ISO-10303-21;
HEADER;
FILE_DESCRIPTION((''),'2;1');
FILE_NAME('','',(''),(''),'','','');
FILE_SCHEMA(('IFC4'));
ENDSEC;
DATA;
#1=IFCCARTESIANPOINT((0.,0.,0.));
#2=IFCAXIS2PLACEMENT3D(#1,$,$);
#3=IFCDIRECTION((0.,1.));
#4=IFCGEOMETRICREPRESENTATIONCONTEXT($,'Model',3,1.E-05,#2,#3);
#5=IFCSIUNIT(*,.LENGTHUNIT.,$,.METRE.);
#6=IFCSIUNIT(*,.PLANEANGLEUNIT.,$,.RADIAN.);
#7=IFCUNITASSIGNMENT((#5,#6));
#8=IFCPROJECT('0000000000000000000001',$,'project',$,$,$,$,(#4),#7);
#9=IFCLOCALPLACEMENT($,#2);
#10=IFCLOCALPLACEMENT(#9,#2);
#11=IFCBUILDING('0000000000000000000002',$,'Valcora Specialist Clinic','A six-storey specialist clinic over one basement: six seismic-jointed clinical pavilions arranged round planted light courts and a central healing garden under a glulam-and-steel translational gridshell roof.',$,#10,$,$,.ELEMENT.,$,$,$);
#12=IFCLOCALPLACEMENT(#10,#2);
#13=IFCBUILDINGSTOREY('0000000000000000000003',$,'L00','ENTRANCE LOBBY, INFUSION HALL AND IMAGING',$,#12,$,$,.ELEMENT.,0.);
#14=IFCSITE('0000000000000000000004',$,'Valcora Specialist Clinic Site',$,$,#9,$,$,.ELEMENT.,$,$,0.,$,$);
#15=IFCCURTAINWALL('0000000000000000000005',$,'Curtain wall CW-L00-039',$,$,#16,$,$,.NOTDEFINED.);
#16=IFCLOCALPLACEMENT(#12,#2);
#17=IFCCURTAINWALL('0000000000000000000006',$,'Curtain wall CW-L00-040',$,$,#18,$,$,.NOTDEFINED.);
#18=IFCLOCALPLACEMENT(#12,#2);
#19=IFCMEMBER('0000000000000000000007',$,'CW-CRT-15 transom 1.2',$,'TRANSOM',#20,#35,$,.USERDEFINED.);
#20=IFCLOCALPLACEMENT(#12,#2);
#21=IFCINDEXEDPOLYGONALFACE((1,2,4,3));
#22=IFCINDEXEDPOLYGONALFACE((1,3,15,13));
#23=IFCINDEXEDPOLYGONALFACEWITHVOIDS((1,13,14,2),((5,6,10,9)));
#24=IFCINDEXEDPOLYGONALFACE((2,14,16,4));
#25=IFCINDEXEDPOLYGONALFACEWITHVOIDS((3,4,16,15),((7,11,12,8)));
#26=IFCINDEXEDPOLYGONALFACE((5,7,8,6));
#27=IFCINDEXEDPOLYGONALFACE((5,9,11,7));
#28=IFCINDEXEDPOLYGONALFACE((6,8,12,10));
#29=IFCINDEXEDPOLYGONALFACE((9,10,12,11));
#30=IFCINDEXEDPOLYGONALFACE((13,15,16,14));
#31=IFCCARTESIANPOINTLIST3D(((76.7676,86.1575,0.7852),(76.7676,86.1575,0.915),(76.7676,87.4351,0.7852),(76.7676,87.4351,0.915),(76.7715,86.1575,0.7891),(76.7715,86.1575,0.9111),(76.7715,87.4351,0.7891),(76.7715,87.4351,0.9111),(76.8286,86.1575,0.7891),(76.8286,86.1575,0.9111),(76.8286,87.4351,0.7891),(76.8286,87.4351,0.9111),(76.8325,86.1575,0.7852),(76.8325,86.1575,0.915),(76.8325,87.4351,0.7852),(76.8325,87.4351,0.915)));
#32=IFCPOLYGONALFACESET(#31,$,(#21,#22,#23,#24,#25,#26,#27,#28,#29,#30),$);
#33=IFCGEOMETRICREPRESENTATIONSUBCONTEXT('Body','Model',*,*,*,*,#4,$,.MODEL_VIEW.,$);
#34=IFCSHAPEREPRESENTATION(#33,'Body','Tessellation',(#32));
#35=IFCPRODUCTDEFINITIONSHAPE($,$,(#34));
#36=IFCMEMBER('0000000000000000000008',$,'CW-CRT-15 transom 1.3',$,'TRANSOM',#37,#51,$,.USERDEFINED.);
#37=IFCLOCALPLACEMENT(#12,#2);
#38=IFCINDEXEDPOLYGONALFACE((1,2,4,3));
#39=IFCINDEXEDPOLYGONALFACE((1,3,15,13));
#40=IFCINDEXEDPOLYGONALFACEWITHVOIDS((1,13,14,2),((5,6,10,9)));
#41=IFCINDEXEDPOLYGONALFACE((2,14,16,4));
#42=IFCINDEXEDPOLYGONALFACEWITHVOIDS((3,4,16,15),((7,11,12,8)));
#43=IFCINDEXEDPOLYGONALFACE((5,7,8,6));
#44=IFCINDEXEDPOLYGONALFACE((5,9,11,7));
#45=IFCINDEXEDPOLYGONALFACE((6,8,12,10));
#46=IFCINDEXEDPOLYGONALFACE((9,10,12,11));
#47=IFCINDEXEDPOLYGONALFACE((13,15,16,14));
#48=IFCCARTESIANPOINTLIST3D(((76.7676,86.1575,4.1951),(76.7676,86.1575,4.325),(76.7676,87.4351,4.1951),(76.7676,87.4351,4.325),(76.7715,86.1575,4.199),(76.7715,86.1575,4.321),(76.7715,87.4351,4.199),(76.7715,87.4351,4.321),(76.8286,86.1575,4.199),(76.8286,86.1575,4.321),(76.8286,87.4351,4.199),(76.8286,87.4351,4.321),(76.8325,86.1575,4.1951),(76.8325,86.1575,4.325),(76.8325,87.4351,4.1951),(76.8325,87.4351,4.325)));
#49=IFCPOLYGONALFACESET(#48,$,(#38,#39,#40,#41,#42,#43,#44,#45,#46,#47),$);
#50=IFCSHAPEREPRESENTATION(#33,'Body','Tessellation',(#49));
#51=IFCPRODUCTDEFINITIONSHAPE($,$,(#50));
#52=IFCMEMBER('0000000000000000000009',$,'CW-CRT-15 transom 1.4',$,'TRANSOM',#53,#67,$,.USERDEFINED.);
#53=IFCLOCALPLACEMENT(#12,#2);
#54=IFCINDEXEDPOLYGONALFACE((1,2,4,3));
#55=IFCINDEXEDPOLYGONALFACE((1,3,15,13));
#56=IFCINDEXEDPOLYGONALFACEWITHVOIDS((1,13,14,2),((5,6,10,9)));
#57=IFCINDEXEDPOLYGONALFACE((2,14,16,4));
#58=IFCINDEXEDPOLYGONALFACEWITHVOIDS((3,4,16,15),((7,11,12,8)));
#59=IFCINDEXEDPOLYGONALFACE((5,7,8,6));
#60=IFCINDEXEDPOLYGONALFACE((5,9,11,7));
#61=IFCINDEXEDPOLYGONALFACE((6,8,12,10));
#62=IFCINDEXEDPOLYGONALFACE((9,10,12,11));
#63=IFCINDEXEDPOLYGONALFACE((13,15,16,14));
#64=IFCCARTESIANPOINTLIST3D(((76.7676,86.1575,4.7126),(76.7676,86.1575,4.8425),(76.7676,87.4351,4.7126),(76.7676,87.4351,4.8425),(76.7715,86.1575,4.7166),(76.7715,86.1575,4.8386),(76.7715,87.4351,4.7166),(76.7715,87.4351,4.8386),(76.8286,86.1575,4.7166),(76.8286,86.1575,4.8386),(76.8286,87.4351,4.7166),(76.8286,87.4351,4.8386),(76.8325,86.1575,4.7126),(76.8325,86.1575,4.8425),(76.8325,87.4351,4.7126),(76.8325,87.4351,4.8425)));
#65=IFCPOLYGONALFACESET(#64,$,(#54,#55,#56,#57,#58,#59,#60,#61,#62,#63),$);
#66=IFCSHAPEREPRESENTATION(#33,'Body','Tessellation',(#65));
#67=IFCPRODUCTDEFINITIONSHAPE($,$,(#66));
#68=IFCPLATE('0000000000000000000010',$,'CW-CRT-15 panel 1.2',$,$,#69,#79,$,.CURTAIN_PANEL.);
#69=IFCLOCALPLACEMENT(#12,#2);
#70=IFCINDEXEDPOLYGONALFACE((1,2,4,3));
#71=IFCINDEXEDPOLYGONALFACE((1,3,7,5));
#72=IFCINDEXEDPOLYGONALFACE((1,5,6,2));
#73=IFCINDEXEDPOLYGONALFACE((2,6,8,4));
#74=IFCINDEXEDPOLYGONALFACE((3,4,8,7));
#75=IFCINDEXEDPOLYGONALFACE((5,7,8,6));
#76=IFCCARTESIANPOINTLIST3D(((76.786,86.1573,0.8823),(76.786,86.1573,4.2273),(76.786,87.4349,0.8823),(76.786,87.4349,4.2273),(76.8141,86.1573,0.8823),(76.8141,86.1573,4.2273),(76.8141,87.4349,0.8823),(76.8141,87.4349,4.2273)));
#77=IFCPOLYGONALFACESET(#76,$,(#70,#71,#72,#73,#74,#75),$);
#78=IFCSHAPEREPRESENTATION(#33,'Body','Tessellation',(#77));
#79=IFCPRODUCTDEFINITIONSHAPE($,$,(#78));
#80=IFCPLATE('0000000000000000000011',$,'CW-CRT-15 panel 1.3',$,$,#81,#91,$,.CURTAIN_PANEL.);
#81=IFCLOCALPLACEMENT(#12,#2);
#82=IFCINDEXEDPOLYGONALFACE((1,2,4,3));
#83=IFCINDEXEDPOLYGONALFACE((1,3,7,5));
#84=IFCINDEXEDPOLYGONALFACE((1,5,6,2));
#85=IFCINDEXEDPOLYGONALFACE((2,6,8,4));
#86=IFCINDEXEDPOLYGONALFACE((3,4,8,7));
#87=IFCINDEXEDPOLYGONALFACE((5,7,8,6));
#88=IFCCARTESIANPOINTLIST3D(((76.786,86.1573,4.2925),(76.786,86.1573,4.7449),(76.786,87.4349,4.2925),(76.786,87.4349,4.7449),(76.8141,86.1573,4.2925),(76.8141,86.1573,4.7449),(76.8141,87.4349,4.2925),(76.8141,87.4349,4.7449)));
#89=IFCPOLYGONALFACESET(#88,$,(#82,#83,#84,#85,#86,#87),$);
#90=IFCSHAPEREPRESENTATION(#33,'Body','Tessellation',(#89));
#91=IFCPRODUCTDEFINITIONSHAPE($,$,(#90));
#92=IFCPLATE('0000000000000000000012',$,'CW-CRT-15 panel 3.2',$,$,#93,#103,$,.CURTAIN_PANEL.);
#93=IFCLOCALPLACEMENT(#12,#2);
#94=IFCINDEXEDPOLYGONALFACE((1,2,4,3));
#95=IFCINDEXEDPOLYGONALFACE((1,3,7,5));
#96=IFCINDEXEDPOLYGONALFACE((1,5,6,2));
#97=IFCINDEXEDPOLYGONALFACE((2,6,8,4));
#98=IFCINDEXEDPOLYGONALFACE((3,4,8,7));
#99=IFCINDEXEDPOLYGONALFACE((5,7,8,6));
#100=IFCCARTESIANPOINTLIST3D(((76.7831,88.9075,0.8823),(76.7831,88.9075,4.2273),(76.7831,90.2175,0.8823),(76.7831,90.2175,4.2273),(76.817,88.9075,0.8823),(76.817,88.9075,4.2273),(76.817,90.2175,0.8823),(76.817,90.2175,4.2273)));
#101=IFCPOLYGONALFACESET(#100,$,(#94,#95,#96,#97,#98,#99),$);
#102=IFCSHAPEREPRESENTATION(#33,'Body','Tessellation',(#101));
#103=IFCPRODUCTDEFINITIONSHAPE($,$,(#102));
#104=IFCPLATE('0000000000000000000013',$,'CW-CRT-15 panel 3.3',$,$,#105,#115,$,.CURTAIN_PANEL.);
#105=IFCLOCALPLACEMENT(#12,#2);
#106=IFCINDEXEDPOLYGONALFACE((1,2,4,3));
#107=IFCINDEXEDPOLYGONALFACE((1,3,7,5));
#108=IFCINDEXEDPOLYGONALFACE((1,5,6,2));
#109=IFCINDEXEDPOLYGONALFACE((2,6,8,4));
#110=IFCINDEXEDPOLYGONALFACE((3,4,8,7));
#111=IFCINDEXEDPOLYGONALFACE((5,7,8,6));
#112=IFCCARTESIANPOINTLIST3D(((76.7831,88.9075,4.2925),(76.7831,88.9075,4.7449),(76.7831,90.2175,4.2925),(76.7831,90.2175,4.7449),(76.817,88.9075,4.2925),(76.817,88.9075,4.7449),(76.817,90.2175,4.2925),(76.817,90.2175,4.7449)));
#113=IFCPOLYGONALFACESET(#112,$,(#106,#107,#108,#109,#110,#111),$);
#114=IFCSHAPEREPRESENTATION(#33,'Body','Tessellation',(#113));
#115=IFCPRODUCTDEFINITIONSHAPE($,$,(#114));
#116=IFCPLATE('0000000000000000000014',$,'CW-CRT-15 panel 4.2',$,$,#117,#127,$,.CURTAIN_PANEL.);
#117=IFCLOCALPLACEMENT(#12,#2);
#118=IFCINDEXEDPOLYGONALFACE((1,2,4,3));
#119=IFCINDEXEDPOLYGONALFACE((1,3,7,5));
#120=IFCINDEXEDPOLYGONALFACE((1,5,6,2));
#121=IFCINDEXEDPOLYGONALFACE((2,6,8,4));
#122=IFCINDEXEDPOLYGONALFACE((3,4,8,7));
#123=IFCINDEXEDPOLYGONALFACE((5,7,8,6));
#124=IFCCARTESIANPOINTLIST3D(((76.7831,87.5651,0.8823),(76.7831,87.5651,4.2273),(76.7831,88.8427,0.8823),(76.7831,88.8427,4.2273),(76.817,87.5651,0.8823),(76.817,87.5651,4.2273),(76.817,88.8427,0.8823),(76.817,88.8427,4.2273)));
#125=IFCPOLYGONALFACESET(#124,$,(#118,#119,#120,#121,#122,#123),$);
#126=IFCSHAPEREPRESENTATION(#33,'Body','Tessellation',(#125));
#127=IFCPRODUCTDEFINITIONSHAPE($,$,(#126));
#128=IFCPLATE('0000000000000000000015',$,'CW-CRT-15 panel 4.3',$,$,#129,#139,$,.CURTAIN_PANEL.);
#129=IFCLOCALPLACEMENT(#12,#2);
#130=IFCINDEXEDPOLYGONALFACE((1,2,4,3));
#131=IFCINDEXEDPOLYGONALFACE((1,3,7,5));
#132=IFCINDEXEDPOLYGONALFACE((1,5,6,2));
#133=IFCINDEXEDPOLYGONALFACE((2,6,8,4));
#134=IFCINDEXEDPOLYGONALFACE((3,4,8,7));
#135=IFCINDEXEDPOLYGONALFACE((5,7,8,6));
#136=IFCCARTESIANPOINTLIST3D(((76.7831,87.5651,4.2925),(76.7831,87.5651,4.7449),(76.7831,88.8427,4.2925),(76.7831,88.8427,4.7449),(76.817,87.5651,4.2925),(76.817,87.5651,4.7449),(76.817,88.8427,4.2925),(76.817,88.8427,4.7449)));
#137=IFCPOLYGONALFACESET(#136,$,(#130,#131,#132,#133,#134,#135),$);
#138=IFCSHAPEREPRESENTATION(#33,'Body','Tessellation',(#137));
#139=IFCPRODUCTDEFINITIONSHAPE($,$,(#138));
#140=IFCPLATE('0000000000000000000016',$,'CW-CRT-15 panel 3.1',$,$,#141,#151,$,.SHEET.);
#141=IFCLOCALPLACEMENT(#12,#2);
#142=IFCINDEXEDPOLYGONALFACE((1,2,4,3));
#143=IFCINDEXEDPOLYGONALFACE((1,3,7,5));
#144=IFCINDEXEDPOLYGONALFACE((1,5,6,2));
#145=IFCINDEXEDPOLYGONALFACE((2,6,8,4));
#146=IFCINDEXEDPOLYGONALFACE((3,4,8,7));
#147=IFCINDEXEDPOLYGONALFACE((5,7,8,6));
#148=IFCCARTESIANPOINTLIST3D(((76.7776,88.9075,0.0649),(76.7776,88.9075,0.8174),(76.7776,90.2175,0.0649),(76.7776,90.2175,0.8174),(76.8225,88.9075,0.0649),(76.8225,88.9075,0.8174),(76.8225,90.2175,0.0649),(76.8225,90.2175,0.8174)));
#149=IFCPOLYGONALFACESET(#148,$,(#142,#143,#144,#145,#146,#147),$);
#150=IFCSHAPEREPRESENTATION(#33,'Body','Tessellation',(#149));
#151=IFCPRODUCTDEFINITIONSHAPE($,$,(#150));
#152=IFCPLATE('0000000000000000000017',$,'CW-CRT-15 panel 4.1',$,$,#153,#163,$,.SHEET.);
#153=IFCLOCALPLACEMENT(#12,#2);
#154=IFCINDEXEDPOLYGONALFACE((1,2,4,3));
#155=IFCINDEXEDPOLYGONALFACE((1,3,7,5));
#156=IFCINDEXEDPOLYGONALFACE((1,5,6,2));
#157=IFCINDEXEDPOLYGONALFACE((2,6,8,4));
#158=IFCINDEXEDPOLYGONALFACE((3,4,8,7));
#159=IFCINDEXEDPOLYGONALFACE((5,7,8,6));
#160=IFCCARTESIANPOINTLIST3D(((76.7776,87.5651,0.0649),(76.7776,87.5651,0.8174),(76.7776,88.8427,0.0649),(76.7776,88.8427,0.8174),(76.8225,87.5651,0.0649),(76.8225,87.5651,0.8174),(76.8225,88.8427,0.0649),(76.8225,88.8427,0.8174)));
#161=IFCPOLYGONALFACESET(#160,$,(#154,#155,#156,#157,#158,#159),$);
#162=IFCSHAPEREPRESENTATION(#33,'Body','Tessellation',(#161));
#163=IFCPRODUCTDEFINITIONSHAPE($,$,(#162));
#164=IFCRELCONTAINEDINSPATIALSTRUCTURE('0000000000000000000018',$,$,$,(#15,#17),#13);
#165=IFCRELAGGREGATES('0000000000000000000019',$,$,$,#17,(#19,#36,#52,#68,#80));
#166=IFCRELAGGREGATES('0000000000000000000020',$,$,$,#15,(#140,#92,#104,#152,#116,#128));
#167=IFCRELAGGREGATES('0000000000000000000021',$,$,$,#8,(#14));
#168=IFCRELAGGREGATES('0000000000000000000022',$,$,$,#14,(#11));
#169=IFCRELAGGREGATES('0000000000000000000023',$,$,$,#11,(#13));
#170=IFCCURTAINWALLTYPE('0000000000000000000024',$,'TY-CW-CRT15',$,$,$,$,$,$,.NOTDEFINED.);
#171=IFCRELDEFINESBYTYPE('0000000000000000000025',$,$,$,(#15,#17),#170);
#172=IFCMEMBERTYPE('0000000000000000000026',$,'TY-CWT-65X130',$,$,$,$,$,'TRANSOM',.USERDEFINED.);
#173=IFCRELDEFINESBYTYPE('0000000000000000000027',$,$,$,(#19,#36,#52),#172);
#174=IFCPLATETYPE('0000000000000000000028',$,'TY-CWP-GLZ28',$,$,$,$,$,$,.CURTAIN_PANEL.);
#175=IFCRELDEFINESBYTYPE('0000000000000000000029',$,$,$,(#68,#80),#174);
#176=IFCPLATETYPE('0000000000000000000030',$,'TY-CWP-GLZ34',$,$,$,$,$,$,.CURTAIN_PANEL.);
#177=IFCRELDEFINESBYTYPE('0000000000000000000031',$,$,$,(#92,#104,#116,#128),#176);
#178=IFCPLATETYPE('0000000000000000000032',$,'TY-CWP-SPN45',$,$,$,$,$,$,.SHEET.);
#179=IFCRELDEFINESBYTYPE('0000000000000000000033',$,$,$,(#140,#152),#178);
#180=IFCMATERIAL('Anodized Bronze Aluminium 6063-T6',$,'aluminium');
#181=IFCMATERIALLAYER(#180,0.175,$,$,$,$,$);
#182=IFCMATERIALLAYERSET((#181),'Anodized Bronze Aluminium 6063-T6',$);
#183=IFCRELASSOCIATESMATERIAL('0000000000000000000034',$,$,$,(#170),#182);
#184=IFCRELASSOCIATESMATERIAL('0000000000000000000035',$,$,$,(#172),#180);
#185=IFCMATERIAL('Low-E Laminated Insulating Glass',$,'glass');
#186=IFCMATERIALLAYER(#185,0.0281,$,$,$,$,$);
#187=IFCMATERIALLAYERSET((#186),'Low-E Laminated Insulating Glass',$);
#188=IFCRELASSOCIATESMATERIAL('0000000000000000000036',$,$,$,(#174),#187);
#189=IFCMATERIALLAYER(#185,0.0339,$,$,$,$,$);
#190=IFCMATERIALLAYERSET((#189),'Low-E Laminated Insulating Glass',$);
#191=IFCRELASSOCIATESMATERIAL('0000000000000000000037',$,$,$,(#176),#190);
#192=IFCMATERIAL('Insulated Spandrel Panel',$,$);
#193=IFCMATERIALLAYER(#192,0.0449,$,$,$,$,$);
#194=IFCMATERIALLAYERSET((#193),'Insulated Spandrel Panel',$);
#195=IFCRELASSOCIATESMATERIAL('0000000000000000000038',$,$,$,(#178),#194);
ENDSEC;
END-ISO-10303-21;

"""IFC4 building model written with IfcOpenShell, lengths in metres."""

from ifc_helpers import new_model, si_unit, direction, frame, origin, origin_2d, place, context, subcontext, project, spatial, rectangle, hollow_rectangle, extrude, material, layer, layer_set, material_profile, profile_set, type_object, element, aggregate, save


model = new_model("IFC4")

# Units and contexts
model_context = context("Model", 3, precision=1e-05, world=origin(), true_north=direction((0.0, 1.0)))
body_context = subcontext(model_context, "Body", "Model", "MODEL_VIEW")
ifc_project = project(units=[si_unit("LENGTHUNIT", "METRE"), si_unit("PLANEANGLEUNIT", "RADIAN")], contexts=[model_context])

# Site, building, storey
site_placement = place(None, origin())
site = spatial("IfcSite", under=ifc_project, at=site_placement, Name="Valcora Specialist Clinic Site", CompositionType="ELEMENT", RefElevation=0.0)
building_placement = place(site_placement, origin())
building = spatial("IfcBuilding", under=site, at=building_placement, Name="Valcora Specialist Clinic", Description="A six-storey specialist clinic over one basement: six seismic-jointed clinical pavilions arranged round planted light courts and a central healing garden under a glulam-and-steel translational gridshell roof.", CompositionType="ELEMENT")
storey_placement = place(building_placement, origin())
storey = spatial("IfcBuildingStorey", under=building, at=storey_placement, Name="L00", Description="ENTRANCE LOBBY, INFUSION HALL AND IMAGING", CompositionType="ELEMENT", Elevation=0.0)

# Curtain wall
ifc_material_1 = material(Name="Anodized Bronze Aluminium 6063-T6", Category="aluminium")
ifc_layer_1 = layer(ifc_material_1, 0.175)
ifc_layer_set_1 = layer_set([ifc_layer_1], Name="Anodized Bronze Aluminium 6063-T6")
curtain_wall_type = type_object("IfcCurtainWallType", Name="TY-CW-CRT15", PredefinedType="NOTDEFINED", material=ifc_layer_set_1)
curtain_wall_1_placement = place(storey_placement, origin())
curtain_wall_1 = element("IfcCurtainWall", 1, at=curtain_wall_1_placement, inside=storey, type_object=curtain_wall_type, Name="Curtain wall CW-L00-039", PredefinedType="NOTDEFINED")

# Curtain wall
curtain_wall_2_placement = place(storey_placement, origin())
curtain_wall_2 = element("IfcCurtainWall", 2, at=curtain_wall_2_placement, inside=storey, type_object=curtain_wall_type, Name="Curtain wall CW-L00-040", PredefinedType="NOTDEFINED")

# Members
ifc_material_profile_1 = material_profile(ifc_material_1, hollow_rectangle(XDim=0.0649, YDim=0.1299, WallThickness=0.0039, at=origin_2d()), Name="AL-TRN-65X130")
ifc_profile_set_1 = profile_set([ifc_material_profile_1], Name="Anodized Bronze Aluminium 6063-T6")
member_type_1 = type_object("IfcMemberType", Name="TY-CWT-65X130", ElementType="TRANSOM", PredefinedType="USERDEFINED", material=ifc_profile_set_1)
member_1_placement = place(storey_placement, frame((76.8, 87.4351, 0.8501), z_axis=(0.0, -1.0, 0.0), x_axis=(1.0, 0.0, 0.0)))
member_1 = element("IfcMember", 3, at=member_1_placement, type_object=member_type_1, Name="CW-CRT-15 transom 1.2", ObjectType="TRANSOM", PredefinedType="USERDEFINED", context=body_context, shape_type="SweptSolid", body=[
    extrude(hollow_rectangle(XDim=0.0649, YDim=0.1299, WallThickness=0.0039, at=origin_2d()), origin(), (0.0, 0.0, 1.0), 1.2776),
])
member_2_placement = place(storey_placement, frame((76.8, 87.4351, 4.26), z_axis=(0.0, -1.0, 0.0), x_axis=(1.0, 0.0, 0.0)))
member_2 = element("IfcMember", 4, at=member_2_placement, type_object=member_type_1, Name="CW-CRT-15 transom 1.3", ObjectType="TRANSOM", PredefinedType="USERDEFINED", context=body_context, shape_type="SweptSolid", body=[
    extrude(hollow_rectangle(XDim=0.0649, YDim=0.1299, WallThickness=0.0039, at=origin_2d()), origin(), (0.0, 0.0, 1.0), 1.2776),
])
member_3_placement = place(storey_placement, frame((76.8, 87.4351, 4.7776), z_axis=(0.0, -1.0, 0.0), x_axis=(1.0, 0.0, 0.0)))
member_3 = element("IfcMember", 5, at=member_3_placement, type_object=member_type_1, Name="CW-CRT-15 transom 1.4", ObjectType="TRANSOM", PredefinedType="USERDEFINED", context=body_context, shape_type="SweptSolid", body=[
    extrude(hollow_rectangle(XDim=0.0649, YDim=0.1299, WallThickness=0.0039, at=origin_2d()), origin(), (0.0, 0.0, 1.0), 1.2776),
])

# Plates
ifc_material_2 = material(Name="Low-E Laminated Insulating Glass", Category="glass")
ifc_layer_2 = layer(ifc_material_2, 0.0281)
ifc_layer_set_2 = layer_set([ifc_layer_2], Name="Low-E Laminated Insulating Glass")
plate_type_1 = type_object("IfcPlateType", Name="TY-CWP-GLZ28", PredefinedType="CURTAIN_PANEL", material=ifc_layer_set_2)
plate_1_placement = place(storey_placement, frame((76.8, 86.7961, 0.8823), z_axis=(0.0, 0.0, 1.0), x_axis=(0.0, -1.0, 0.0)))
plate_1 = element("IfcPlate", 6, at=plate_1_placement, type_object=plate_type_1, Name="CW-CRT-15 panel 1.2", PredefinedType="CURTAIN_PANEL", context=body_context, shape_type="SweptSolid", body=[
    extrude(rectangle(XDim=1.2776, YDim=0.0281, at=origin_2d()), origin(), (0.0, 0.0, 1.0), 3.345),
])
plate_2_placement = place(storey_placement, frame((76.8, 86.7961, 4.2925), z_axis=(0.0, 0.0, 1.0), x_axis=(0.0, -1.0, 0.0)))
plate_2 = element("IfcPlate", 7, at=plate_2_placement, type_object=plate_type_1, Name="CW-CRT-15 panel 1.3", PredefinedType="CURTAIN_PANEL", context=body_context, shape_type="SweptSolid", body=[
    extrude(rectangle(XDim=1.2776, YDim=0.0281, at=origin_2d()), origin(), (0.0, 0.0, 1.0), 0.4524),
])
aggregate(curtain_wall_2, [member_1, member_2, member_3, plate_1, plate_2])
ifc_layer_3 = layer(ifc_material_2, 0.0339)
ifc_layer_set_3 = layer_set([ifc_layer_3], Name="Low-E Laminated Insulating Glass")
plate_type_2 = type_object("IfcPlateType", Name="TY-CWP-GLZ34", PredefinedType="CURTAIN_PANEL", material=ifc_layer_set_3)
plate_3_placement = place(storey_placement, frame((76.8, 89.5625, 0.8823), z_axis=(0.0, 0.0, 1.0), x_axis=(0.0, -1.0, 0.0)))
plate_3 = element("IfcPlate", 8, at=plate_3_placement, type_object=plate_type_2, Name="CW-CRT-15 panel 3.2", PredefinedType="CURTAIN_PANEL", context=body_context, shape_type="SweptSolid", body=[
    extrude(rectangle(XDim=1.3101, YDim=0.0339, at=origin_2d()), origin(), (0.0, 0.0, 1.0), 3.345),
])
plate_4_placement = place(storey_placement, frame((76.8, 89.5625, 4.2925), z_axis=(0.0, 0.0, 1.0), x_axis=(0.0, -1.0, 0.0)))
plate_4 = element("IfcPlate", 9, at=plate_4_placement, type_object=plate_type_2, Name="CW-CRT-15 panel 3.3", PredefinedType="CURTAIN_PANEL", context=body_context, shape_type="SweptSolid", body=[
    extrude(rectangle(XDim=1.3101, YDim=0.0339, at=origin_2d()), origin(), (0.0, 0.0, 1.0), 0.4524),
])
plate_5_placement = place(storey_placement, frame((76.8, 88.2039, 0.8823), z_axis=(0.0, 0.0, 1.0), x_axis=(0.0, -1.0, 0.0)))
plate_5 = element("IfcPlate", 10, at=plate_5_placement, type_object=plate_type_2, Name="CW-CRT-15 panel 4.2", PredefinedType="CURTAIN_PANEL", context=body_context, shape_type="SweptSolid", body=[
    extrude(rectangle(XDim=1.2776, YDim=0.0339, at=origin_2d()), origin(), (0.0, 0.0, 1.0), 3.345),
])
plate_6_placement = place(storey_placement, frame((76.8, 88.2039, 4.2925), z_axis=(0.0, 0.0, 1.0), x_axis=(0.0, -1.0, 0.0)))
plate_6 = element("IfcPlate", 11, at=plate_6_placement, type_object=plate_type_2, Name="CW-CRT-15 panel 4.3", PredefinedType="CURTAIN_PANEL", context=body_context, shape_type="SweptSolid", body=[
    extrude(rectangle(XDim=1.2776, YDim=0.0339, at=origin_2d()), origin(), (0.0, 0.0, 1.0), 0.4524),
])
ifc_material_3 = material(Name="Insulated Spandrel Panel")
ifc_layer_4 = layer(ifc_material_3, 0.0449)
ifc_layer_set_4 = layer_set([ifc_layer_4], Name="Insulated Spandrel Panel")
plate_type_3 = type_object("IfcPlateType", Name="TY-CWP-SPN45", PredefinedType="SHEET", material=ifc_layer_set_4)
plate_7_placement = place(storey_placement, frame((76.8, 89.5625, 0.0649), z_axis=(0.0, 0.0, 1.0), x_axis=(0.0, -1.0, 0.0)))
plate_7 = element("IfcPlate", 12, at=plate_7_placement, type_object=plate_type_3, Name="CW-CRT-15 panel 3.1", PredefinedType="SHEET", context=body_context, shape_type="SweptSolid", body=[
    extrude(rectangle(XDim=1.3101, YDim=0.0449, at=origin_2d()), origin(), (0.0, 0.0, 1.0), 0.7524),
])
plate_8_placement = place(storey_placement, frame((76.8, 88.2039, 0.0649), z_axis=(0.0, 0.0, 1.0), x_axis=(0.0, -1.0, 0.0)))
plate_8 = element("IfcPlate", 13, at=plate_8_placement, type_object=plate_type_3, Name="CW-CRT-15 panel 4.1", PredefinedType="SHEET", context=body_context, shape_type="SweptSolid", body=[
    extrude(rectangle(XDim=1.2776, YDim=0.0449, at=origin_2d()), origin(), (0.0, 0.0, 1.0), 0.7524),
])
aggregate(curtain_wall_1, [plate_7, plate_3, plate_4, plate_8, plate_5, plate_6])

save(model, "model.ifc")
